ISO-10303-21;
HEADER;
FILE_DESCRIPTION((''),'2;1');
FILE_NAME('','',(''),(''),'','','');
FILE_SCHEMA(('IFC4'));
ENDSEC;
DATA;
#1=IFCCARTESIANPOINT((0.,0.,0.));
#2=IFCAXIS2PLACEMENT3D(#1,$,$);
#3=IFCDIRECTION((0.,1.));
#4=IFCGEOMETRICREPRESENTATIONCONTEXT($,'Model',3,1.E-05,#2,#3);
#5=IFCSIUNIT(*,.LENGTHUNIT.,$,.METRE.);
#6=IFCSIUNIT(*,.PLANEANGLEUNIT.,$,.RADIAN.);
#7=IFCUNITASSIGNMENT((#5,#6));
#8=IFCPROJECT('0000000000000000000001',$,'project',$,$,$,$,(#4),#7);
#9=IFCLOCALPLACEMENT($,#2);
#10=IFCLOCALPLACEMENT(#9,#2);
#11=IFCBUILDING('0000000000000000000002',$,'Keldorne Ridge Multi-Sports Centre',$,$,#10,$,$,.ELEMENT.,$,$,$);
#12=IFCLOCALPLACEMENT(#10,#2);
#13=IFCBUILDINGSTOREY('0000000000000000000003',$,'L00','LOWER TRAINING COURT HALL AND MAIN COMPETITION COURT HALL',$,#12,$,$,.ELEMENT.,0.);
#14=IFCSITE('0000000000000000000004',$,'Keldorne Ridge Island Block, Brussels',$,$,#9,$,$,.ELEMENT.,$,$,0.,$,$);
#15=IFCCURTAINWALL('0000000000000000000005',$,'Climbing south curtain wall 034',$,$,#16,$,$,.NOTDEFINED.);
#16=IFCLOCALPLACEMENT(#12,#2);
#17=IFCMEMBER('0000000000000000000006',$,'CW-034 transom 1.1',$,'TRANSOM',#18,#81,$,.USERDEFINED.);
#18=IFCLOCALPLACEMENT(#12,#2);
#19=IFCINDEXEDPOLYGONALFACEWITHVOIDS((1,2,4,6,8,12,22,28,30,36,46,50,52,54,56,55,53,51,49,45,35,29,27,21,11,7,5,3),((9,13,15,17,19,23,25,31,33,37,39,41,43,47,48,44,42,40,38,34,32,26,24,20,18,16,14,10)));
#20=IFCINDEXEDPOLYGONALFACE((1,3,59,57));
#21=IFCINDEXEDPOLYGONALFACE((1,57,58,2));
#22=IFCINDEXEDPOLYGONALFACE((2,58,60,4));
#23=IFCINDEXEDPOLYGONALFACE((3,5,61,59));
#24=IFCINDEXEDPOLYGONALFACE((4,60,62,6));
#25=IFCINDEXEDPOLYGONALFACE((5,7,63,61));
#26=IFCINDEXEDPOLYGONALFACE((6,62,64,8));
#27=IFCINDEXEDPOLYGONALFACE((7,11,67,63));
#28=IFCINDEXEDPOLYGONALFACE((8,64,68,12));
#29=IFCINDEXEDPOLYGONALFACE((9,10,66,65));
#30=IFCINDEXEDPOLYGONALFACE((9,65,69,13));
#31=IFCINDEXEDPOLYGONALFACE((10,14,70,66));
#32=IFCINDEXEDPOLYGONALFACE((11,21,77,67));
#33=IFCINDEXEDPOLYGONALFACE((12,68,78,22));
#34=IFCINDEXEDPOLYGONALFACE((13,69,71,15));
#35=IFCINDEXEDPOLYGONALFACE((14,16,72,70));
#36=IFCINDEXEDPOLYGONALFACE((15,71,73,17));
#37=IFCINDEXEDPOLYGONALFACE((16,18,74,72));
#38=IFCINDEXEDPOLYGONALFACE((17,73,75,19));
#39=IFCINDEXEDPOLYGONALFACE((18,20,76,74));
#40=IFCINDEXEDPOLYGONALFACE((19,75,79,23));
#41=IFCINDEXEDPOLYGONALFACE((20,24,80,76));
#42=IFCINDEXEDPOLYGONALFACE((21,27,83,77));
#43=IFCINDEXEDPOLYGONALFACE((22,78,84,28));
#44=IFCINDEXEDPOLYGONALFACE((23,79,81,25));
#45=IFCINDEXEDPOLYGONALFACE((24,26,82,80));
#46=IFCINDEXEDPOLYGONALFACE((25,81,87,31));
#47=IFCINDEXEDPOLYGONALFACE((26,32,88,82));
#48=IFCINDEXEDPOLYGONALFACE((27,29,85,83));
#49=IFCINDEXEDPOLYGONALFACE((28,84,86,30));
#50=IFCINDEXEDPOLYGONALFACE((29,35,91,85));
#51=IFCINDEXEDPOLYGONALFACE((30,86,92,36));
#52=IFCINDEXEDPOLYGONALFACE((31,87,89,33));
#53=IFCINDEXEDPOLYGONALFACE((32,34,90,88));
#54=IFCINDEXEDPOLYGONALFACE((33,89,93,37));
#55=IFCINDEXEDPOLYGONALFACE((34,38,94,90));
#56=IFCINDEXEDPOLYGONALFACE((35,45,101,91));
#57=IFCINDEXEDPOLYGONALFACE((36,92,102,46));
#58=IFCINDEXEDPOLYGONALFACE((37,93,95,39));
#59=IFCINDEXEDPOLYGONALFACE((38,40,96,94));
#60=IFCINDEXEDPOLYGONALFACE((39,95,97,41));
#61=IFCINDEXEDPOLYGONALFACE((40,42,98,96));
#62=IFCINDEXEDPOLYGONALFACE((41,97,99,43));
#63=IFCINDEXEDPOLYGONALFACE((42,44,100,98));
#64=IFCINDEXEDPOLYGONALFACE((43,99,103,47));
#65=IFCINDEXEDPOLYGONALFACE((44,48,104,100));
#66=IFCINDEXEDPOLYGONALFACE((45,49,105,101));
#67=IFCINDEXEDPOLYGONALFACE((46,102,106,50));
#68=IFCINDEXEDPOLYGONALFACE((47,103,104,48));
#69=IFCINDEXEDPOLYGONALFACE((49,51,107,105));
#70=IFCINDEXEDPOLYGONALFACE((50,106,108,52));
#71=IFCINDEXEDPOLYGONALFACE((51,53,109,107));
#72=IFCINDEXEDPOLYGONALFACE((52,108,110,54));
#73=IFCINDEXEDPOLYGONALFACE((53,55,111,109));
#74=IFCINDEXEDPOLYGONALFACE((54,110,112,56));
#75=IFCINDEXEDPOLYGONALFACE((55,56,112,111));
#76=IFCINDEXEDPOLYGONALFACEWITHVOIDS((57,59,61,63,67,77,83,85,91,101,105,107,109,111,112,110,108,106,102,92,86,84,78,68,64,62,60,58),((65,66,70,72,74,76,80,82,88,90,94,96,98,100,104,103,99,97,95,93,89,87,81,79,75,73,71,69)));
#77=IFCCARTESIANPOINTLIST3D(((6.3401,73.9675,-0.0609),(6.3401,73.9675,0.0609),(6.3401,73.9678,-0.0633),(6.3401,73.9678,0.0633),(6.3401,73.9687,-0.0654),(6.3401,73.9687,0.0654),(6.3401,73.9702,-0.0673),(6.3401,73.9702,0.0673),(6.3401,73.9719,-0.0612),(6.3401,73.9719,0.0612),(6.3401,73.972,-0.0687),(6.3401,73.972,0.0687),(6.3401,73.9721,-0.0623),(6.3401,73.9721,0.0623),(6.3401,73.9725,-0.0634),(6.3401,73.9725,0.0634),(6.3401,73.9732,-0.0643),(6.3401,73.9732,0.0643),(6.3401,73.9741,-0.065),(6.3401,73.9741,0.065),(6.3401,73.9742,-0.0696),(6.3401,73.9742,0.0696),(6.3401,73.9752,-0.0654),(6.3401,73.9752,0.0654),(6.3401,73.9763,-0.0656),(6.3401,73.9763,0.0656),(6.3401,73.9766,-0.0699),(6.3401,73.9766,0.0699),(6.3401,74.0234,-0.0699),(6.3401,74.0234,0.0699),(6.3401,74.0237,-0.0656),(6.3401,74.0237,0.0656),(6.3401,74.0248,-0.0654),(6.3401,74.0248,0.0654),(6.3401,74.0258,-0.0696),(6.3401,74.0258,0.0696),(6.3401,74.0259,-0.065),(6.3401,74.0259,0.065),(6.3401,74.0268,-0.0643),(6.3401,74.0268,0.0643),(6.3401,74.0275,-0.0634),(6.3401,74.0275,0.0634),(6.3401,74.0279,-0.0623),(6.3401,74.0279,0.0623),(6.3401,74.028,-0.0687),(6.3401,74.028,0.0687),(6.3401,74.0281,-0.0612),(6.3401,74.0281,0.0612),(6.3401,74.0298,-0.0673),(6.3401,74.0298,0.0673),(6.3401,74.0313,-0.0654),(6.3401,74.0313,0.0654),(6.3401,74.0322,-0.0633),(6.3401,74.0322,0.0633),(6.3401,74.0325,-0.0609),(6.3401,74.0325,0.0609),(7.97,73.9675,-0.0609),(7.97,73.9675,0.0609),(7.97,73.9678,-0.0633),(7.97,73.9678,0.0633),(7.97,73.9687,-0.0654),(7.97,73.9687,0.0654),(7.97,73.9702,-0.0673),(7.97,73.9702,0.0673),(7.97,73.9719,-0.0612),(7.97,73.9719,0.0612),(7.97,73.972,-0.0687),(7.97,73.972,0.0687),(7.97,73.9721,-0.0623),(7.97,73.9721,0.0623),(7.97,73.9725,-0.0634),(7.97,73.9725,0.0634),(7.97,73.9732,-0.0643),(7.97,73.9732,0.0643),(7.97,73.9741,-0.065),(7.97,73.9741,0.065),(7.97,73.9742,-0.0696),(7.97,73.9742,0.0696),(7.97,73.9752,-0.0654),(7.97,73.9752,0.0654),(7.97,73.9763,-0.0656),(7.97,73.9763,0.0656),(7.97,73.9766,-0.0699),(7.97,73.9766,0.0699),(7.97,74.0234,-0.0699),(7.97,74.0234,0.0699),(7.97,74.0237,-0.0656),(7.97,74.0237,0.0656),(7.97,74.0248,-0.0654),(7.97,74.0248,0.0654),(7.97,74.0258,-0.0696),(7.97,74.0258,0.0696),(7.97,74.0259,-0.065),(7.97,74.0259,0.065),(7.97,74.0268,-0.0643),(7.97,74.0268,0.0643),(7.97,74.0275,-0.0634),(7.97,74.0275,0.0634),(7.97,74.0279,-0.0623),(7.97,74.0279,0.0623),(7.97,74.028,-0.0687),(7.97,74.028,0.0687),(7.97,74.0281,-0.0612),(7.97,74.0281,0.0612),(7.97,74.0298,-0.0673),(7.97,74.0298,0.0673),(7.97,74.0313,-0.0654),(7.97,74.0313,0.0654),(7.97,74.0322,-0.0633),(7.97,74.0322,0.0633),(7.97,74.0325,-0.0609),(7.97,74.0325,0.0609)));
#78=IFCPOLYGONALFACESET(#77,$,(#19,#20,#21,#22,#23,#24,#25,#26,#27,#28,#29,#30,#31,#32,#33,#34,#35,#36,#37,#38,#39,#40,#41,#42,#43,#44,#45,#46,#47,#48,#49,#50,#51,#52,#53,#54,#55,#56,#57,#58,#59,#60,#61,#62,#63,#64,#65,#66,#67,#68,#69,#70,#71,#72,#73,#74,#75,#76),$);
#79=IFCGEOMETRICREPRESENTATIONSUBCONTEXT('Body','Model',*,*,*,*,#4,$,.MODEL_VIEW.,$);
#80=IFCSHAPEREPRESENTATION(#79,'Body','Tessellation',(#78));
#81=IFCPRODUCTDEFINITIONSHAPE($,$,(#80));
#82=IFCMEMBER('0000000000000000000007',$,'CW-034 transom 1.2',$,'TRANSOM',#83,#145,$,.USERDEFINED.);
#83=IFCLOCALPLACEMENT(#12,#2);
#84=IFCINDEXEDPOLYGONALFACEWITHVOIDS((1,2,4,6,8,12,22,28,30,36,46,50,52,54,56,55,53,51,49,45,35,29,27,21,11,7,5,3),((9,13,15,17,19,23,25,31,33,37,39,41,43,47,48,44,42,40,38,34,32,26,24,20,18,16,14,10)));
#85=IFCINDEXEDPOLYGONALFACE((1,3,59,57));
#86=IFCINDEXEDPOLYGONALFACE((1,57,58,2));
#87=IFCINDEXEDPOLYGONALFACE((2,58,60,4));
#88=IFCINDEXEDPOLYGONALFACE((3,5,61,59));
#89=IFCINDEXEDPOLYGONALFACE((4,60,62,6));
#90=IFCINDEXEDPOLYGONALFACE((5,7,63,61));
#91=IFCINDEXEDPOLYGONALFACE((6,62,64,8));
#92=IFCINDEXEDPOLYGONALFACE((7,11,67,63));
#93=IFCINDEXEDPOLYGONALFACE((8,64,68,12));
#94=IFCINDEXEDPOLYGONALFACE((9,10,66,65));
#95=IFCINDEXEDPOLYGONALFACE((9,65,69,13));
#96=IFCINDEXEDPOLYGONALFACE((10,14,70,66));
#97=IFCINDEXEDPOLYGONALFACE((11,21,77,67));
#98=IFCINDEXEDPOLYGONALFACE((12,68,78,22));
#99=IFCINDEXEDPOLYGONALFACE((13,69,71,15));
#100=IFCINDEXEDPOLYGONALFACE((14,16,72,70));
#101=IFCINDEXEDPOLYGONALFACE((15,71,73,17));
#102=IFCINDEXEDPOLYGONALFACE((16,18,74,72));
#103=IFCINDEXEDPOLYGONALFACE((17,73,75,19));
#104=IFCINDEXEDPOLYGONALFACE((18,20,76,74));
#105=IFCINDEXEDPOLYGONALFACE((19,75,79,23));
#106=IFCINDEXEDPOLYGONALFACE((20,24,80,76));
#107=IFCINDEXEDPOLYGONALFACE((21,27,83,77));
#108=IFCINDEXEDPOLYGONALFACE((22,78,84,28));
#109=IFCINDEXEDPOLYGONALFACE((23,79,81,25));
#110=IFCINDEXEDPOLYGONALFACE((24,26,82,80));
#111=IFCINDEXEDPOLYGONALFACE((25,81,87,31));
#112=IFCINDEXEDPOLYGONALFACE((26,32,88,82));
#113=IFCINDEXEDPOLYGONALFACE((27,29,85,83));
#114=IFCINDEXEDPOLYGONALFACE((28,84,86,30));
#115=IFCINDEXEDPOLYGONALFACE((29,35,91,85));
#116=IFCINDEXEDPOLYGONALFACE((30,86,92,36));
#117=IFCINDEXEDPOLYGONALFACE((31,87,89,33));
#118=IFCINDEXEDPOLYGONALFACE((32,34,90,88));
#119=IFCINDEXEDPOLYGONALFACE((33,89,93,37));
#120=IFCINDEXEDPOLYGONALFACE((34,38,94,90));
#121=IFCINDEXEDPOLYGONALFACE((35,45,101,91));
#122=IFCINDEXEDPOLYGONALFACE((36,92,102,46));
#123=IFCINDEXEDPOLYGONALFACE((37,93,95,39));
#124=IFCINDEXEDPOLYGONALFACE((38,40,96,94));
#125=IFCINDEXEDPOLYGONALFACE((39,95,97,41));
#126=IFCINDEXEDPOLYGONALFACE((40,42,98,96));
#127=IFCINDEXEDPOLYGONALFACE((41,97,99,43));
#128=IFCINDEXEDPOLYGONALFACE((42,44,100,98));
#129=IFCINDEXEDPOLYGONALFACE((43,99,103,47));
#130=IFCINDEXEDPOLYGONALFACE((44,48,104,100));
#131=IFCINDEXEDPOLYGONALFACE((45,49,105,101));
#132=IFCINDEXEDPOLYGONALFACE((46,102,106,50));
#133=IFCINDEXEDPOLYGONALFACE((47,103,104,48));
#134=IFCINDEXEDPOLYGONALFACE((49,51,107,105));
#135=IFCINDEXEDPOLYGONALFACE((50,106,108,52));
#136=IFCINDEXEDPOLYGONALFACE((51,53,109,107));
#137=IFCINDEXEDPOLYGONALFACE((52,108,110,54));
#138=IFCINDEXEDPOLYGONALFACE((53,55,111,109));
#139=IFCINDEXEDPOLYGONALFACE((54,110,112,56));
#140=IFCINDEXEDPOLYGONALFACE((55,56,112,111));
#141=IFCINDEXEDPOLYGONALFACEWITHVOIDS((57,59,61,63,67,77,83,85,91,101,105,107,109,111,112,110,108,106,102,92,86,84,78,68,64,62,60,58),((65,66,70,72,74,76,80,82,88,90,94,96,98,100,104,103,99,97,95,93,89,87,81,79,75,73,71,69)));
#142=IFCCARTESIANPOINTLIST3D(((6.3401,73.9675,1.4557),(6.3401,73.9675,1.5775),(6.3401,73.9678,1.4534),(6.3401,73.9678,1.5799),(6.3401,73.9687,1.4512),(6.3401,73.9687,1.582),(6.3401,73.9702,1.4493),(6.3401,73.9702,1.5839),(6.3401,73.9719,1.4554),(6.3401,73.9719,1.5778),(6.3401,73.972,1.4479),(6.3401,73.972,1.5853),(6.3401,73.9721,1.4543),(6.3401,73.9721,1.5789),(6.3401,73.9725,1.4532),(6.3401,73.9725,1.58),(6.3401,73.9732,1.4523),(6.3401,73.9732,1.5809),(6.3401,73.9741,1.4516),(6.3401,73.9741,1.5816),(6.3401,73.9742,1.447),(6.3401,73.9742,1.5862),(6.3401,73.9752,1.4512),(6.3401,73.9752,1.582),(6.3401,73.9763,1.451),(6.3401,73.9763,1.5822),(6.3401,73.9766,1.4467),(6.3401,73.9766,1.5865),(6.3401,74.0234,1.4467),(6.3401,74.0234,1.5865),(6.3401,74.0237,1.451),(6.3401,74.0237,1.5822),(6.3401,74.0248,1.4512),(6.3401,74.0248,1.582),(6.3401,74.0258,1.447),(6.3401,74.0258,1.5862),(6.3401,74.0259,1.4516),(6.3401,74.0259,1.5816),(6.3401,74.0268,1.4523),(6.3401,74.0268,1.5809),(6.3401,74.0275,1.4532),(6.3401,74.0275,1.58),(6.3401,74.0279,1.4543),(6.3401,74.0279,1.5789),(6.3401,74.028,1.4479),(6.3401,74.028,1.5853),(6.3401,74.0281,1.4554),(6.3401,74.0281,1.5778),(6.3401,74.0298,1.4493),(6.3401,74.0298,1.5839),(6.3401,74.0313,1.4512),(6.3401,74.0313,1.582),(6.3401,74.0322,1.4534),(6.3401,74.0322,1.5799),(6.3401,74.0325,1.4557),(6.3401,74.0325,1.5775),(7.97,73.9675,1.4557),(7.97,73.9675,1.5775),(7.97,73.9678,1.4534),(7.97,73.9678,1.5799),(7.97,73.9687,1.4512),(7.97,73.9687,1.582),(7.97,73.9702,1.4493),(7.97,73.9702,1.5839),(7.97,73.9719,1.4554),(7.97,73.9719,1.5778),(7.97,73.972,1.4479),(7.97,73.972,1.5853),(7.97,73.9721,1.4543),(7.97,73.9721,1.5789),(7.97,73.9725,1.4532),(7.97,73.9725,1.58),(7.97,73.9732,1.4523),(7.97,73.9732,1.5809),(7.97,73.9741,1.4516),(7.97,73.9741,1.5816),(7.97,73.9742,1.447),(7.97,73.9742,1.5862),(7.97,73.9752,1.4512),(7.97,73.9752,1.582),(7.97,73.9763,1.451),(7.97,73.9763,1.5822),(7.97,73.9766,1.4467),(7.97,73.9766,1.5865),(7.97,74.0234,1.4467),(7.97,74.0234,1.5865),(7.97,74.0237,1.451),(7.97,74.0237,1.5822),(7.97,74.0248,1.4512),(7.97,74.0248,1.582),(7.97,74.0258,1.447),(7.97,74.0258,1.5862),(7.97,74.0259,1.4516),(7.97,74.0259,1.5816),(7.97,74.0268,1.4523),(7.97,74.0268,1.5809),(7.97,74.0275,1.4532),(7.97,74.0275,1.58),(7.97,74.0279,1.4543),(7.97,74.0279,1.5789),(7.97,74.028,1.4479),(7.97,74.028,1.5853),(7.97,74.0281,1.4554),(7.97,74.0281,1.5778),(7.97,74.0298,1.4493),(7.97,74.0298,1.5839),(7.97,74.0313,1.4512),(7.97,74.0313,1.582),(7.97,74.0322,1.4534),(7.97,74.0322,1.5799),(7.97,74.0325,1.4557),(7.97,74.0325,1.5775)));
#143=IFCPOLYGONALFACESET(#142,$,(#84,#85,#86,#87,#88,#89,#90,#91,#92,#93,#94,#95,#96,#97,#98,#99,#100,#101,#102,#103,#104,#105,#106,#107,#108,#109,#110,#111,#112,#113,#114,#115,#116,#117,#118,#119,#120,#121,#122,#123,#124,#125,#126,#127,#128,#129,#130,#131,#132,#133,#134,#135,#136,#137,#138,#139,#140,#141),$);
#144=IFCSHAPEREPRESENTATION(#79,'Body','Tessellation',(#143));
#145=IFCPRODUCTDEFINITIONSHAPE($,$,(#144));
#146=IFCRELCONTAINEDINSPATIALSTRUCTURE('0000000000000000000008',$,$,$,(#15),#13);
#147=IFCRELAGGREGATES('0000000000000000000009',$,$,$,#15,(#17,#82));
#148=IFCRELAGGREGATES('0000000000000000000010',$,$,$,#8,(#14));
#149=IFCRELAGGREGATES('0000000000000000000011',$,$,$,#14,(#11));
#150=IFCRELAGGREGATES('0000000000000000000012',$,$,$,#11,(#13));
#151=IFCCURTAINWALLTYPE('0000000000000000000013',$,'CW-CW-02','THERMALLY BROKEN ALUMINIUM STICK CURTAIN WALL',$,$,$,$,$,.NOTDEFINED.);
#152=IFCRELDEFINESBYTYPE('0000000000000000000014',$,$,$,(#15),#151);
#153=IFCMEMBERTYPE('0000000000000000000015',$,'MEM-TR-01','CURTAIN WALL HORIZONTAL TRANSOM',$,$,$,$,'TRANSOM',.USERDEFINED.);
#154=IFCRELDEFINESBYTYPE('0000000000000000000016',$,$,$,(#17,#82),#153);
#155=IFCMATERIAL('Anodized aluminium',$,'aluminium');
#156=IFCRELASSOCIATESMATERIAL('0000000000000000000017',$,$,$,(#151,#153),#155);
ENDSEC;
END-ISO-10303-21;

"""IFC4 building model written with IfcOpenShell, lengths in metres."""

from ifc_helpers import new_model, si_unit, direction, frame, origin, origin_2d, place, context, subcontext, project, spatial, hollow_rectangle, extrude, material, material_profile, profile_set, type_object, element, aggregate, save


model = new_model("IFC4")

# Units and contexts
model_context = context("Model", 3, precision=1e-05, world=origin(), true_north=direction((0.0, 1.0)))
body_context = subcontext(model_context, "Body", "Model", "MODEL_VIEW")
ifc_project = project(units=[si_unit("LENGTHUNIT", "METRE"), si_unit("PLANEANGLEUNIT", "RADIAN")], contexts=[model_context])

# Site, building, storey
site_placement = place(None, origin())
site = spatial("IfcSite", under=ifc_project, at=site_placement, Name="Keldorne Ridge Island Block, Brussels", CompositionType="ELEMENT", RefElevation=0.0)
building_placement = place(site_placement, origin())
building = spatial("IfcBuilding", under=site, at=building_placement, Name="Keldorne Ridge Multi-Sports Centre", CompositionType="ELEMENT")
storey_placement = place(building_placement, origin())
storey = spatial("IfcBuildingStorey", under=building, at=storey_placement, Name="L00", Description="LOWER TRAINING COURT HALL AND MAIN COMPETITION COURT HALL", CompositionType="ELEMENT", Elevation=0.0)

# Curtain wall, members
ifc_material_1 = material(Name="Anodized aluminium", Category="aluminium")
curtain_wall_type = type_object("IfcCurtainWallType", Name="CW-CW-02", Description="THERMALLY BROKEN ALUMINIUM STICK CURTAIN WALL", PredefinedType="NOTDEFINED", material=ifc_material_1)
curtain_wall_placement = place(storey_placement, origin())
curtain_wall = element("IfcCurtainWall", 1, at=curtain_wall_placement, inside=storey, type_object=curtain_wall_type, Name="Climbing south curtain wall 034", PredefinedType="NOTDEFINED")
ifc_material_profile_1 = material_profile(ifc_material_1, hollow_rectangle(XDim=0.0649, YDim=0.1399, WallThickness=0.0044, InnerFilletRadius=0.0044, OuterFilletRadius=0.009, at=origin_2d()), Name="ALU TRANSOM 140x65x4.5")
ifc_profile_set_1 = profile_set([ifc_material_profile_1], Name="Anodized aluminium")
member_type_1 = type_object("IfcMemberType", Name="MEM-TR-01", Description="CURTAIN WALL HORIZONTAL TRANSOM", ElementType="TRANSOM", PredefinedType="USERDEFINED", material=ifc_profile_set_1)
member_1_placement = place(storey_placement, frame((6.3401, 74.0, 0.0), z_axis=(1.0, 0.0, 0.0), x_axis=(0.0, 1.0, 0.0)))
member_1 = element("IfcMember", 2, at=member_1_placement, type_object=member_type_1, Name="CW-034 transom 1.1", ObjectType="TRANSOM", PredefinedType="USERDEFINED", context=body_context, shape_type="SweptSolid", body=[
    extrude(hollow_rectangle(XDim=0.0649, YDim=0.1399, WallThickness=0.0044, InnerFilletRadius=0.0044, OuterFilletRadius=0.009, at=origin_2d()), origin(), (0.0, 0.0, 1.0), 1.6299),
])
member_2_placement = place(storey_placement, frame((6.3401, 74.0, 1.5166), z_axis=(1.0, 0.0, 0.0), x_axis=(0.0, 1.0, 0.0)))
member_2 = element("IfcMember", 3, at=member_2_placement, type_object=member_type_1, Name="CW-034 transom 1.2", ObjectType="TRANSOM", PredefinedType="USERDEFINED", context=body_context, shape_type="SweptSolid", body=[
    extrude(hollow_rectangle(XDim=0.0649, YDim=0.1399, WallThickness=0.0044, InnerFilletRadius=0.0044, OuterFilletRadius=0.009, at=origin_2d()), origin(), (0.0, 0.0, 1.0), 1.6299),
])
aggregate(curtain_wall, [member_1, member_2])

save(model, "model.ifc")
